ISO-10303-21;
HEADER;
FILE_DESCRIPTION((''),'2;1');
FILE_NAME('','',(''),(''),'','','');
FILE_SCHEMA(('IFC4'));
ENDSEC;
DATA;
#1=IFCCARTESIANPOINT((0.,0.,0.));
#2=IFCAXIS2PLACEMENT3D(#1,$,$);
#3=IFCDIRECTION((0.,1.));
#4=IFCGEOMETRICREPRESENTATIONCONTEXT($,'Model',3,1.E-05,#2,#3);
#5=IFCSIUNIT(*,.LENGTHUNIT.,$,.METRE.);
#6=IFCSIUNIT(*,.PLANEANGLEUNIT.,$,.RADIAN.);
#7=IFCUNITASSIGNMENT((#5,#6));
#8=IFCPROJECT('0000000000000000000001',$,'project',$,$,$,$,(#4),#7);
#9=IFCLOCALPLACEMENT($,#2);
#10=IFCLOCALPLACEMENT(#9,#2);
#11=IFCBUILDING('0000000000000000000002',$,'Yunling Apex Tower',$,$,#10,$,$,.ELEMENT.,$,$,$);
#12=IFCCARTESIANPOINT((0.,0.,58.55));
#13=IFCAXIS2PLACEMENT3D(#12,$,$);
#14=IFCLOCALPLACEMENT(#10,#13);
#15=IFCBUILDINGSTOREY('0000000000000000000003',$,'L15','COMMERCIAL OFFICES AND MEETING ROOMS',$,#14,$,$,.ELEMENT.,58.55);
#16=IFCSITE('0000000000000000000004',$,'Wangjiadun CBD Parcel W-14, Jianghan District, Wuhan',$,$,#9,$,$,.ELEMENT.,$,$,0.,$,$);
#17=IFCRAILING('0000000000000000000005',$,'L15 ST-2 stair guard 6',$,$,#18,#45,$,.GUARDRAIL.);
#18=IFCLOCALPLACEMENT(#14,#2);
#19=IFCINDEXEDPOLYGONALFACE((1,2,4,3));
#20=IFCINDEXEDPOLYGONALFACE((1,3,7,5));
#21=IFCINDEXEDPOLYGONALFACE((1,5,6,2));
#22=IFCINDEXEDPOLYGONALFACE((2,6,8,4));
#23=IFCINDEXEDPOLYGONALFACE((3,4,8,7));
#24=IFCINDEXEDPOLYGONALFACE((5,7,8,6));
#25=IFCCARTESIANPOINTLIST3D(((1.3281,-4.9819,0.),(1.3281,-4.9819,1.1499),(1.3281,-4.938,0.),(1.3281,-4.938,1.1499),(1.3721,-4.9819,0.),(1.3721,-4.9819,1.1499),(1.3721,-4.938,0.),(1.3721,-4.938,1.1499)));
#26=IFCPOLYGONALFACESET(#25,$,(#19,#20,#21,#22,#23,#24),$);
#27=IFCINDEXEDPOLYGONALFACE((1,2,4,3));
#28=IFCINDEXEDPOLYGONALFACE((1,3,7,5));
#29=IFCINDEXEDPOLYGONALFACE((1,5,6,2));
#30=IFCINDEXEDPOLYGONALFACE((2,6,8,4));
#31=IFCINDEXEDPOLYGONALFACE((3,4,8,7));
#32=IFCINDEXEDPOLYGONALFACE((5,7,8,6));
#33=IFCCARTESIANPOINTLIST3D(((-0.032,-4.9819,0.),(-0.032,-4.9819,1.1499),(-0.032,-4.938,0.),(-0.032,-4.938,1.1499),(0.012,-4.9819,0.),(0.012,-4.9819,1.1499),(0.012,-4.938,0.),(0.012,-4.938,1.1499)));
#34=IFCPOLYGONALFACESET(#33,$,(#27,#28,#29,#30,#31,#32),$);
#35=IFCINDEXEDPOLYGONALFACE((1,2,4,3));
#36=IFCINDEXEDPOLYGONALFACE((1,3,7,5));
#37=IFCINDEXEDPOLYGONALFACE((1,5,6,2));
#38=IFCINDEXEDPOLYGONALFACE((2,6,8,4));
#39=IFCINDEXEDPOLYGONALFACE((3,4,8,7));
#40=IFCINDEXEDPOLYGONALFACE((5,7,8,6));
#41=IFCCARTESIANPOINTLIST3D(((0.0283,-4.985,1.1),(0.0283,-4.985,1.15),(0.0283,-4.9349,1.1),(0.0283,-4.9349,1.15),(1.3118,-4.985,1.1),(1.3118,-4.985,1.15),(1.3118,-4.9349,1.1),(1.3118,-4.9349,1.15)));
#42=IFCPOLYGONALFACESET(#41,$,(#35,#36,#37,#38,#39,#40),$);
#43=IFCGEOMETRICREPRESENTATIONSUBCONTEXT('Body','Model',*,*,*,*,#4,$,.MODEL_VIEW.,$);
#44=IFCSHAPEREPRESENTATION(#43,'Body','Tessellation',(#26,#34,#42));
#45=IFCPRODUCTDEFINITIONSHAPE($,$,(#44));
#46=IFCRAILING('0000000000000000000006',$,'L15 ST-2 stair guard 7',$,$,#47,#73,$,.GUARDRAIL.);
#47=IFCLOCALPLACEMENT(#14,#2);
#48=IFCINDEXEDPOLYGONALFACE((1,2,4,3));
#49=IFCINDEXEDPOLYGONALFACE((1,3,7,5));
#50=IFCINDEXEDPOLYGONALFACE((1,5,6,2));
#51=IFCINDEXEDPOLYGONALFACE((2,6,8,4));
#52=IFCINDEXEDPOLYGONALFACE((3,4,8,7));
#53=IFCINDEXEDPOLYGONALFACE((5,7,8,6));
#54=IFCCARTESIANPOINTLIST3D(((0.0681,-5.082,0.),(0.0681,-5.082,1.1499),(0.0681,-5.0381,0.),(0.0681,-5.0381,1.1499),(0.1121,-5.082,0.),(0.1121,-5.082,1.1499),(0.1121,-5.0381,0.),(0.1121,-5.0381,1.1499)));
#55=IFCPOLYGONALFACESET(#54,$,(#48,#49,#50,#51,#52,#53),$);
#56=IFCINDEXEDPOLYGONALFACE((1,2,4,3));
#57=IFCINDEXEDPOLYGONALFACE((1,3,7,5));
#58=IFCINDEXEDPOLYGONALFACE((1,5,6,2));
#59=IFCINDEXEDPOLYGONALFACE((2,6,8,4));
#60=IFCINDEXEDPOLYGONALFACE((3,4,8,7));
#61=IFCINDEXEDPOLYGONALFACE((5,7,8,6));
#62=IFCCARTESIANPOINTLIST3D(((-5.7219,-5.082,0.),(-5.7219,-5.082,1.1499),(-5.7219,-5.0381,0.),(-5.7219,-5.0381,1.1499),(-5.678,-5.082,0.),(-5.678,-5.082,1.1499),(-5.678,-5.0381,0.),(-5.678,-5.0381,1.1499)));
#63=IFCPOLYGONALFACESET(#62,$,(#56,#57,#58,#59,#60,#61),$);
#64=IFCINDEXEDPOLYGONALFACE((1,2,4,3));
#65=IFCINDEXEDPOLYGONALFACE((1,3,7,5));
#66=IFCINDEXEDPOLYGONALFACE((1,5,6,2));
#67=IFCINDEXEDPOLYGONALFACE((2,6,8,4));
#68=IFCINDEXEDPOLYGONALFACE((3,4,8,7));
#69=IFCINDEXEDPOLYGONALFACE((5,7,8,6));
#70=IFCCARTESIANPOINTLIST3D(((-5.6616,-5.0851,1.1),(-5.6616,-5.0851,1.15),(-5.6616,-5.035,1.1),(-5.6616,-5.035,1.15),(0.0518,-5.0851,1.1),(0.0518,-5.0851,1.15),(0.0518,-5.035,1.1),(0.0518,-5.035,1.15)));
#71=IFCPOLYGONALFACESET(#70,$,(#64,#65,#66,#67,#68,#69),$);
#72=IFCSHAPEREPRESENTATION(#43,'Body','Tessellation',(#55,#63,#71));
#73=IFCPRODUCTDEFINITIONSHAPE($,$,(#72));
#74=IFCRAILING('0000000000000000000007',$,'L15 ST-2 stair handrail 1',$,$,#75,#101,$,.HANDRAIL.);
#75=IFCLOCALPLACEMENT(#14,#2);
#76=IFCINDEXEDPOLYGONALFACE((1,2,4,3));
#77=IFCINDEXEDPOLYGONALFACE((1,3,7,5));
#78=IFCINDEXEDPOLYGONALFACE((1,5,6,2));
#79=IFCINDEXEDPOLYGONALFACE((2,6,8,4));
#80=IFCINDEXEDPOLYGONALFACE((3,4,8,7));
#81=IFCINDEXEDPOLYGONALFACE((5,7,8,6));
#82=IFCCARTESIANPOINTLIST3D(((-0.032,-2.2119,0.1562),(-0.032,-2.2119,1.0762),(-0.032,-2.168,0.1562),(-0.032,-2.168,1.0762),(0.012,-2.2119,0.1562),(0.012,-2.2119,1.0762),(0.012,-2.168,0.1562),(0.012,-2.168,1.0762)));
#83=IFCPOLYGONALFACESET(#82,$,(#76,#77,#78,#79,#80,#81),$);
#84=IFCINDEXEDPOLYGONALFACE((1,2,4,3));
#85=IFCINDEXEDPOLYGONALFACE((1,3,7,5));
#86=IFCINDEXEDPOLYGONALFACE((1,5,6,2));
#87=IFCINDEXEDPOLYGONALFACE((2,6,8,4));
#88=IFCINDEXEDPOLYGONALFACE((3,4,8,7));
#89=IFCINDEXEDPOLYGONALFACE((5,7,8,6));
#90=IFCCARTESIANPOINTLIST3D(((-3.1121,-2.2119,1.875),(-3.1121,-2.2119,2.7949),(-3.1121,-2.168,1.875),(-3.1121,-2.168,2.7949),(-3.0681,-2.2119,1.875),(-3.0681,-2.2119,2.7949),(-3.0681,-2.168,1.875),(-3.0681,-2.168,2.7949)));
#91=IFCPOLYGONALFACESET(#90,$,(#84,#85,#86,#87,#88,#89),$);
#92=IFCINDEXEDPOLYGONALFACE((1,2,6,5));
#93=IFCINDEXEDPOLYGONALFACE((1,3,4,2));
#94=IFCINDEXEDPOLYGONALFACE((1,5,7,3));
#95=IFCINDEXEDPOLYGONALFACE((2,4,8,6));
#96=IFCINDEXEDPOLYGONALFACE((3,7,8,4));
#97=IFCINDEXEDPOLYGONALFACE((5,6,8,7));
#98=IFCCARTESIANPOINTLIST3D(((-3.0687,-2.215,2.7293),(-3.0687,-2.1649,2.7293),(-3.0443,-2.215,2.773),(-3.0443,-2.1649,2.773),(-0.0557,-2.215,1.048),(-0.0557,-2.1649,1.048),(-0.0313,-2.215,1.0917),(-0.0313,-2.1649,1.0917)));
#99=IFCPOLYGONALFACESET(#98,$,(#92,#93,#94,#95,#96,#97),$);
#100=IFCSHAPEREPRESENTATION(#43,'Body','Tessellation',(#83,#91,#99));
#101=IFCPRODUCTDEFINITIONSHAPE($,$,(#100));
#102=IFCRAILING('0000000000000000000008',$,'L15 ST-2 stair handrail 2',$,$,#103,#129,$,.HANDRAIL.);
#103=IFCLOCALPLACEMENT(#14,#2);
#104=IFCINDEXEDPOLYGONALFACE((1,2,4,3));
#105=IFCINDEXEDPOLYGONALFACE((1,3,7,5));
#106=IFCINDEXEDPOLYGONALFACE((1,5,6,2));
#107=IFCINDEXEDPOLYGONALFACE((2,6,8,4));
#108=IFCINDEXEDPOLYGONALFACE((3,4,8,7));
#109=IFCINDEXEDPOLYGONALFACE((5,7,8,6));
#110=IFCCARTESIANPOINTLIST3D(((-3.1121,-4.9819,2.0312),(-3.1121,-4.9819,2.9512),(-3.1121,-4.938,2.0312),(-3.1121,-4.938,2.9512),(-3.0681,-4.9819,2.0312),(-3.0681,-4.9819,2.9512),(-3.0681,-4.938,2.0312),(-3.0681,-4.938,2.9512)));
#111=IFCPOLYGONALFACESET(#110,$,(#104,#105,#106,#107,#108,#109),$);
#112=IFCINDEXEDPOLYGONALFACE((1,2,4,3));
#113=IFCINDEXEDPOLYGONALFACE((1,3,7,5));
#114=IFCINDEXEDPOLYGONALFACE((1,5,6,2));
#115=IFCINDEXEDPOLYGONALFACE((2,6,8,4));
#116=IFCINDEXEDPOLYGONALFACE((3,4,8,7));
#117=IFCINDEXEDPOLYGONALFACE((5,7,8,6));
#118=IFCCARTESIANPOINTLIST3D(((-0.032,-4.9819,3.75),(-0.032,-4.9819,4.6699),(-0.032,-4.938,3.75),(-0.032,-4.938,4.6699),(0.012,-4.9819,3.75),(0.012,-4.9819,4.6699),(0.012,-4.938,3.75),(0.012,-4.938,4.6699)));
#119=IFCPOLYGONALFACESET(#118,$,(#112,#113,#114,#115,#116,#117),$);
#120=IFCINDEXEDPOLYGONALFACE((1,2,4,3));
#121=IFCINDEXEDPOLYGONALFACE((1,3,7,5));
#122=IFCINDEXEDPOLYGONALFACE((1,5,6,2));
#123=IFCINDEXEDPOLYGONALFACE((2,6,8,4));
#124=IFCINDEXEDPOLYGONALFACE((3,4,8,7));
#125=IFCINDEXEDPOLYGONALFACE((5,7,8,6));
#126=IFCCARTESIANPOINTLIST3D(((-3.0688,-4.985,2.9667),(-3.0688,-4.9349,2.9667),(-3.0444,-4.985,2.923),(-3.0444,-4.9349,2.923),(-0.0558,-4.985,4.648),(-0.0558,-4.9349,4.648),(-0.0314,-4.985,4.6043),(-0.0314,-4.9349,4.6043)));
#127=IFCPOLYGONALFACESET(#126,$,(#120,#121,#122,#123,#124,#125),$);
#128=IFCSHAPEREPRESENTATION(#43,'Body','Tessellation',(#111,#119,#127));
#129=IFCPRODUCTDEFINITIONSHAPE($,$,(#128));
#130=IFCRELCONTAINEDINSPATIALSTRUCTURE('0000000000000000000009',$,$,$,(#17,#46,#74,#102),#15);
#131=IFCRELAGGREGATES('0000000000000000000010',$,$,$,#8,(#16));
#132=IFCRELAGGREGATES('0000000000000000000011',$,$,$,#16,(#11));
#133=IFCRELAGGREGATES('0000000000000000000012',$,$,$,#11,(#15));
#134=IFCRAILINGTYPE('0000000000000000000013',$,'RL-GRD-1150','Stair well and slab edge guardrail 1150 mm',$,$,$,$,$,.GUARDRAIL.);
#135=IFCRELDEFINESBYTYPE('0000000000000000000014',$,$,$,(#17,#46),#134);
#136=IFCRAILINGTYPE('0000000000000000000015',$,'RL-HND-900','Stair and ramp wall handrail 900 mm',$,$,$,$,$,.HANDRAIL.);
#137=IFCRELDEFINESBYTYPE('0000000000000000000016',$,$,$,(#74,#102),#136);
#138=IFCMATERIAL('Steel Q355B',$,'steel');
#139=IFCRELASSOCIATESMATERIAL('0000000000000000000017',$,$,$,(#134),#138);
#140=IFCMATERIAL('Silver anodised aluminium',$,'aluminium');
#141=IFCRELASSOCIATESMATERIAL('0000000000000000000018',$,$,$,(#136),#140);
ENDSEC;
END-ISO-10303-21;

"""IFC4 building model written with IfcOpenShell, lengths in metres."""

from ifc_helpers import new_model, si_unit, direction, frame, origin, origin_2d, place, context, subcontext, project, spatial, rectangle, extrude, material, type_object, element, save


model = new_model("IFC4")

# Units and contexts
model_context = context("Model", 3, precision=1e-05, world=origin(), true_north=direction((0.0, 1.0)))
body_context = subcontext(model_context, "Body", "Model", "MODEL_VIEW")
ifc_project = project(units=[si_unit("LENGTHUNIT", "METRE"), si_unit("PLANEANGLEUNIT", "RADIAN")], contexts=[model_context])

# Site, building, storey
site_placement = place(None, origin())
site = spatial("IfcSite", under=ifc_project, at=site_placement, Name="Wangjiadun CBD Parcel W-14, Jianghan District, Wuhan", CompositionType="ELEMENT", RefElevation=0.0)
building_placement = place(site_placement, origin())
building = spatial("IfcBuilding", under=site, at=building_placement, Name="Yunling Apex Tower", CompositionType="ELEMENT")
storey_placement = place(building_placement, frame((0.0, 0.0, 58.55)))
storey = spatial("IfcBuildingStorey", under=building, at=storey_placement, Name="L15", Description="COMMERCIAL OFFICES AND MEETING ROOMS", CompositionType="ELEMENT", Elevation=58.55)

# Shared definitions
ifc_material_1 = material(Name="Steel Q355B", Category="steel")

# Railings
railing_type_1 = type_object("IfcRailingType", Name="RL-GRD-1150", Description="Stair well and slab edge guardrail 1150 mm", PredefinedType="GUARDRAIL", material=ifc_material_1)
railing_1_placement = place(storey_placement, frame((1.3501, -4.96, 0.0)))
element("IfcRailing", 1, at=railing_1_placement, inside=storey, type_object=railing_type_1, Name="L15 ST-2 stair guard 6", PredefinedType="GUARDRAIL", context=body_context, shape_type="SweptSolid", body=[
    extrude(rectangle(XDim=0.0439, YDim=0.0439, at=origin_2d()), origin(), (0.0, 0.0, 1.0), 1.1499),
    extrude(rectangle(XDim=0.0439, YDim=0.0439, at=origin_2d()), frame((-1.3601, 0.0, 0.0)), (0.0, 0.0, 1.0), 1.1499),
    extrude(rectangle(XDim=0.05, YDim=0.05, at=origin_2d()), frame((-0.0383, 0.0, 1.125), z_axis=(-1.0, 0.0, 0.0), x_axis=(0.0, -1.0, 0.0)), (0.0, 0.0, 1.0), 1.2834),
])
railing_2_placement = place(storey_placement, frame((0.0901, -5.0601, 0.0)))
element("IfcRailing", 2, at=railing_2_placement, inside=storey, type_object=railing_type_1, Name="L15 ST-2 stair guard 7", PredefinedType="GUARDRAIL", context=body_context, shape_type="SweptSolid", body=[
    extrude(rectangle(XDim=0.0439, YDim=0.0439, at=origin_2d()), origin(), (0.0, 0.0, 1.0), 1.1499),
    extrude(rectangle(XDim=0.0439, YDim=0.0439, at=origin_2d()), frame((-5.79, 0.0, 0.0)), (0.0, 0.0, 1.0), 1.1499),
    extrude(rectangle(XDim=0.05, YDim=0.05, at=origin_2d()), frame((-0.0383, 0.0, 1.125), z_axis=(-1.0, 0.0, 0.0), x_axis=(0.0, -1.0, 0.0)), (0.0, 0.0, 1.0), 5.7134),
])
ifc_material_2 = material(Name="Silver anodised aluminium", Category="aluminium")
railing_type_2 = type_object("IfcRailingType", Name="RL-HND-900", Description="Stair and ramp wall handrail 900 mm", PredefinedType="HANDRAIL", material=ifc_material_2)
railing_3_placement = place(storey_placement, frame((-0.01, -2.1899, 0.1562)))
element("IfcRailing", 3, at=railing_3_placement, inside=storey, type_object=railing_type_2, Name="L15 ST-2 stair handrail 1", PredefinedType="HANDRAIL", context=body_context, shape_type="SweptSolid", body=[
    extrude(rectangle(XDim=0.0439, YDim=0.0439, at=origin_2d()), origin(), (0.0, 0.0, 1.0), 0.9199),
    extrude(rectangle(XDim=0.0439, YDim=0.0439, at=origin_2d()), frame((-3.0801, 0.0, 1.7188)), (0.0, 0.0, 1.0), 0.9199),
    extrude(rectangle(XDim=0.05, YDim=0.05, at=origin_2d()), frame((-0.0334, 0.0, 0.9136), z_axis=(-0.873242, 0.0, 0.487288), x_axis=(0.0, -1.0, 0.0)), (0.0, 0.0, 1.0), 3.4504),
])
railing_4_placement = place(storey_placement, frame((-3.0901, -4.96, 2.0312)))
element("IfcRailing", 4, at=railing_4_placement, inside=storey, type_object=railing_type_2, Name="L15 ST-2 stair handrail 2", PredefinedType="HANDRAIL", context=body_context, shape_type="SweptSolid", body=[
    extrude(rectangle(XDim=0.0439, YDim=0.0439, at=origin_2d()), origin(), (0.0, 0.0, 1.0), 0.9199),
    extrude(rectangle(XDim=0.0439, YDim=0.0439, at=origin_2d()), frame((3.0801, 0.0, 1.7188)), (0.0, 0.0, 1.0), 0.9199),
    extrude(rectangle(XDim=0.05, YDim=0.05, at=origin_2d()), frame((0.0334, 0.0, 0.9136), z_axis=(0.873242, 0.0, 0.487288), x_axis=(0.0, 1.0, 0.0)), (0.0, 0.0, 1.0), 3.4504),
])

save(model, "model.ifc")
